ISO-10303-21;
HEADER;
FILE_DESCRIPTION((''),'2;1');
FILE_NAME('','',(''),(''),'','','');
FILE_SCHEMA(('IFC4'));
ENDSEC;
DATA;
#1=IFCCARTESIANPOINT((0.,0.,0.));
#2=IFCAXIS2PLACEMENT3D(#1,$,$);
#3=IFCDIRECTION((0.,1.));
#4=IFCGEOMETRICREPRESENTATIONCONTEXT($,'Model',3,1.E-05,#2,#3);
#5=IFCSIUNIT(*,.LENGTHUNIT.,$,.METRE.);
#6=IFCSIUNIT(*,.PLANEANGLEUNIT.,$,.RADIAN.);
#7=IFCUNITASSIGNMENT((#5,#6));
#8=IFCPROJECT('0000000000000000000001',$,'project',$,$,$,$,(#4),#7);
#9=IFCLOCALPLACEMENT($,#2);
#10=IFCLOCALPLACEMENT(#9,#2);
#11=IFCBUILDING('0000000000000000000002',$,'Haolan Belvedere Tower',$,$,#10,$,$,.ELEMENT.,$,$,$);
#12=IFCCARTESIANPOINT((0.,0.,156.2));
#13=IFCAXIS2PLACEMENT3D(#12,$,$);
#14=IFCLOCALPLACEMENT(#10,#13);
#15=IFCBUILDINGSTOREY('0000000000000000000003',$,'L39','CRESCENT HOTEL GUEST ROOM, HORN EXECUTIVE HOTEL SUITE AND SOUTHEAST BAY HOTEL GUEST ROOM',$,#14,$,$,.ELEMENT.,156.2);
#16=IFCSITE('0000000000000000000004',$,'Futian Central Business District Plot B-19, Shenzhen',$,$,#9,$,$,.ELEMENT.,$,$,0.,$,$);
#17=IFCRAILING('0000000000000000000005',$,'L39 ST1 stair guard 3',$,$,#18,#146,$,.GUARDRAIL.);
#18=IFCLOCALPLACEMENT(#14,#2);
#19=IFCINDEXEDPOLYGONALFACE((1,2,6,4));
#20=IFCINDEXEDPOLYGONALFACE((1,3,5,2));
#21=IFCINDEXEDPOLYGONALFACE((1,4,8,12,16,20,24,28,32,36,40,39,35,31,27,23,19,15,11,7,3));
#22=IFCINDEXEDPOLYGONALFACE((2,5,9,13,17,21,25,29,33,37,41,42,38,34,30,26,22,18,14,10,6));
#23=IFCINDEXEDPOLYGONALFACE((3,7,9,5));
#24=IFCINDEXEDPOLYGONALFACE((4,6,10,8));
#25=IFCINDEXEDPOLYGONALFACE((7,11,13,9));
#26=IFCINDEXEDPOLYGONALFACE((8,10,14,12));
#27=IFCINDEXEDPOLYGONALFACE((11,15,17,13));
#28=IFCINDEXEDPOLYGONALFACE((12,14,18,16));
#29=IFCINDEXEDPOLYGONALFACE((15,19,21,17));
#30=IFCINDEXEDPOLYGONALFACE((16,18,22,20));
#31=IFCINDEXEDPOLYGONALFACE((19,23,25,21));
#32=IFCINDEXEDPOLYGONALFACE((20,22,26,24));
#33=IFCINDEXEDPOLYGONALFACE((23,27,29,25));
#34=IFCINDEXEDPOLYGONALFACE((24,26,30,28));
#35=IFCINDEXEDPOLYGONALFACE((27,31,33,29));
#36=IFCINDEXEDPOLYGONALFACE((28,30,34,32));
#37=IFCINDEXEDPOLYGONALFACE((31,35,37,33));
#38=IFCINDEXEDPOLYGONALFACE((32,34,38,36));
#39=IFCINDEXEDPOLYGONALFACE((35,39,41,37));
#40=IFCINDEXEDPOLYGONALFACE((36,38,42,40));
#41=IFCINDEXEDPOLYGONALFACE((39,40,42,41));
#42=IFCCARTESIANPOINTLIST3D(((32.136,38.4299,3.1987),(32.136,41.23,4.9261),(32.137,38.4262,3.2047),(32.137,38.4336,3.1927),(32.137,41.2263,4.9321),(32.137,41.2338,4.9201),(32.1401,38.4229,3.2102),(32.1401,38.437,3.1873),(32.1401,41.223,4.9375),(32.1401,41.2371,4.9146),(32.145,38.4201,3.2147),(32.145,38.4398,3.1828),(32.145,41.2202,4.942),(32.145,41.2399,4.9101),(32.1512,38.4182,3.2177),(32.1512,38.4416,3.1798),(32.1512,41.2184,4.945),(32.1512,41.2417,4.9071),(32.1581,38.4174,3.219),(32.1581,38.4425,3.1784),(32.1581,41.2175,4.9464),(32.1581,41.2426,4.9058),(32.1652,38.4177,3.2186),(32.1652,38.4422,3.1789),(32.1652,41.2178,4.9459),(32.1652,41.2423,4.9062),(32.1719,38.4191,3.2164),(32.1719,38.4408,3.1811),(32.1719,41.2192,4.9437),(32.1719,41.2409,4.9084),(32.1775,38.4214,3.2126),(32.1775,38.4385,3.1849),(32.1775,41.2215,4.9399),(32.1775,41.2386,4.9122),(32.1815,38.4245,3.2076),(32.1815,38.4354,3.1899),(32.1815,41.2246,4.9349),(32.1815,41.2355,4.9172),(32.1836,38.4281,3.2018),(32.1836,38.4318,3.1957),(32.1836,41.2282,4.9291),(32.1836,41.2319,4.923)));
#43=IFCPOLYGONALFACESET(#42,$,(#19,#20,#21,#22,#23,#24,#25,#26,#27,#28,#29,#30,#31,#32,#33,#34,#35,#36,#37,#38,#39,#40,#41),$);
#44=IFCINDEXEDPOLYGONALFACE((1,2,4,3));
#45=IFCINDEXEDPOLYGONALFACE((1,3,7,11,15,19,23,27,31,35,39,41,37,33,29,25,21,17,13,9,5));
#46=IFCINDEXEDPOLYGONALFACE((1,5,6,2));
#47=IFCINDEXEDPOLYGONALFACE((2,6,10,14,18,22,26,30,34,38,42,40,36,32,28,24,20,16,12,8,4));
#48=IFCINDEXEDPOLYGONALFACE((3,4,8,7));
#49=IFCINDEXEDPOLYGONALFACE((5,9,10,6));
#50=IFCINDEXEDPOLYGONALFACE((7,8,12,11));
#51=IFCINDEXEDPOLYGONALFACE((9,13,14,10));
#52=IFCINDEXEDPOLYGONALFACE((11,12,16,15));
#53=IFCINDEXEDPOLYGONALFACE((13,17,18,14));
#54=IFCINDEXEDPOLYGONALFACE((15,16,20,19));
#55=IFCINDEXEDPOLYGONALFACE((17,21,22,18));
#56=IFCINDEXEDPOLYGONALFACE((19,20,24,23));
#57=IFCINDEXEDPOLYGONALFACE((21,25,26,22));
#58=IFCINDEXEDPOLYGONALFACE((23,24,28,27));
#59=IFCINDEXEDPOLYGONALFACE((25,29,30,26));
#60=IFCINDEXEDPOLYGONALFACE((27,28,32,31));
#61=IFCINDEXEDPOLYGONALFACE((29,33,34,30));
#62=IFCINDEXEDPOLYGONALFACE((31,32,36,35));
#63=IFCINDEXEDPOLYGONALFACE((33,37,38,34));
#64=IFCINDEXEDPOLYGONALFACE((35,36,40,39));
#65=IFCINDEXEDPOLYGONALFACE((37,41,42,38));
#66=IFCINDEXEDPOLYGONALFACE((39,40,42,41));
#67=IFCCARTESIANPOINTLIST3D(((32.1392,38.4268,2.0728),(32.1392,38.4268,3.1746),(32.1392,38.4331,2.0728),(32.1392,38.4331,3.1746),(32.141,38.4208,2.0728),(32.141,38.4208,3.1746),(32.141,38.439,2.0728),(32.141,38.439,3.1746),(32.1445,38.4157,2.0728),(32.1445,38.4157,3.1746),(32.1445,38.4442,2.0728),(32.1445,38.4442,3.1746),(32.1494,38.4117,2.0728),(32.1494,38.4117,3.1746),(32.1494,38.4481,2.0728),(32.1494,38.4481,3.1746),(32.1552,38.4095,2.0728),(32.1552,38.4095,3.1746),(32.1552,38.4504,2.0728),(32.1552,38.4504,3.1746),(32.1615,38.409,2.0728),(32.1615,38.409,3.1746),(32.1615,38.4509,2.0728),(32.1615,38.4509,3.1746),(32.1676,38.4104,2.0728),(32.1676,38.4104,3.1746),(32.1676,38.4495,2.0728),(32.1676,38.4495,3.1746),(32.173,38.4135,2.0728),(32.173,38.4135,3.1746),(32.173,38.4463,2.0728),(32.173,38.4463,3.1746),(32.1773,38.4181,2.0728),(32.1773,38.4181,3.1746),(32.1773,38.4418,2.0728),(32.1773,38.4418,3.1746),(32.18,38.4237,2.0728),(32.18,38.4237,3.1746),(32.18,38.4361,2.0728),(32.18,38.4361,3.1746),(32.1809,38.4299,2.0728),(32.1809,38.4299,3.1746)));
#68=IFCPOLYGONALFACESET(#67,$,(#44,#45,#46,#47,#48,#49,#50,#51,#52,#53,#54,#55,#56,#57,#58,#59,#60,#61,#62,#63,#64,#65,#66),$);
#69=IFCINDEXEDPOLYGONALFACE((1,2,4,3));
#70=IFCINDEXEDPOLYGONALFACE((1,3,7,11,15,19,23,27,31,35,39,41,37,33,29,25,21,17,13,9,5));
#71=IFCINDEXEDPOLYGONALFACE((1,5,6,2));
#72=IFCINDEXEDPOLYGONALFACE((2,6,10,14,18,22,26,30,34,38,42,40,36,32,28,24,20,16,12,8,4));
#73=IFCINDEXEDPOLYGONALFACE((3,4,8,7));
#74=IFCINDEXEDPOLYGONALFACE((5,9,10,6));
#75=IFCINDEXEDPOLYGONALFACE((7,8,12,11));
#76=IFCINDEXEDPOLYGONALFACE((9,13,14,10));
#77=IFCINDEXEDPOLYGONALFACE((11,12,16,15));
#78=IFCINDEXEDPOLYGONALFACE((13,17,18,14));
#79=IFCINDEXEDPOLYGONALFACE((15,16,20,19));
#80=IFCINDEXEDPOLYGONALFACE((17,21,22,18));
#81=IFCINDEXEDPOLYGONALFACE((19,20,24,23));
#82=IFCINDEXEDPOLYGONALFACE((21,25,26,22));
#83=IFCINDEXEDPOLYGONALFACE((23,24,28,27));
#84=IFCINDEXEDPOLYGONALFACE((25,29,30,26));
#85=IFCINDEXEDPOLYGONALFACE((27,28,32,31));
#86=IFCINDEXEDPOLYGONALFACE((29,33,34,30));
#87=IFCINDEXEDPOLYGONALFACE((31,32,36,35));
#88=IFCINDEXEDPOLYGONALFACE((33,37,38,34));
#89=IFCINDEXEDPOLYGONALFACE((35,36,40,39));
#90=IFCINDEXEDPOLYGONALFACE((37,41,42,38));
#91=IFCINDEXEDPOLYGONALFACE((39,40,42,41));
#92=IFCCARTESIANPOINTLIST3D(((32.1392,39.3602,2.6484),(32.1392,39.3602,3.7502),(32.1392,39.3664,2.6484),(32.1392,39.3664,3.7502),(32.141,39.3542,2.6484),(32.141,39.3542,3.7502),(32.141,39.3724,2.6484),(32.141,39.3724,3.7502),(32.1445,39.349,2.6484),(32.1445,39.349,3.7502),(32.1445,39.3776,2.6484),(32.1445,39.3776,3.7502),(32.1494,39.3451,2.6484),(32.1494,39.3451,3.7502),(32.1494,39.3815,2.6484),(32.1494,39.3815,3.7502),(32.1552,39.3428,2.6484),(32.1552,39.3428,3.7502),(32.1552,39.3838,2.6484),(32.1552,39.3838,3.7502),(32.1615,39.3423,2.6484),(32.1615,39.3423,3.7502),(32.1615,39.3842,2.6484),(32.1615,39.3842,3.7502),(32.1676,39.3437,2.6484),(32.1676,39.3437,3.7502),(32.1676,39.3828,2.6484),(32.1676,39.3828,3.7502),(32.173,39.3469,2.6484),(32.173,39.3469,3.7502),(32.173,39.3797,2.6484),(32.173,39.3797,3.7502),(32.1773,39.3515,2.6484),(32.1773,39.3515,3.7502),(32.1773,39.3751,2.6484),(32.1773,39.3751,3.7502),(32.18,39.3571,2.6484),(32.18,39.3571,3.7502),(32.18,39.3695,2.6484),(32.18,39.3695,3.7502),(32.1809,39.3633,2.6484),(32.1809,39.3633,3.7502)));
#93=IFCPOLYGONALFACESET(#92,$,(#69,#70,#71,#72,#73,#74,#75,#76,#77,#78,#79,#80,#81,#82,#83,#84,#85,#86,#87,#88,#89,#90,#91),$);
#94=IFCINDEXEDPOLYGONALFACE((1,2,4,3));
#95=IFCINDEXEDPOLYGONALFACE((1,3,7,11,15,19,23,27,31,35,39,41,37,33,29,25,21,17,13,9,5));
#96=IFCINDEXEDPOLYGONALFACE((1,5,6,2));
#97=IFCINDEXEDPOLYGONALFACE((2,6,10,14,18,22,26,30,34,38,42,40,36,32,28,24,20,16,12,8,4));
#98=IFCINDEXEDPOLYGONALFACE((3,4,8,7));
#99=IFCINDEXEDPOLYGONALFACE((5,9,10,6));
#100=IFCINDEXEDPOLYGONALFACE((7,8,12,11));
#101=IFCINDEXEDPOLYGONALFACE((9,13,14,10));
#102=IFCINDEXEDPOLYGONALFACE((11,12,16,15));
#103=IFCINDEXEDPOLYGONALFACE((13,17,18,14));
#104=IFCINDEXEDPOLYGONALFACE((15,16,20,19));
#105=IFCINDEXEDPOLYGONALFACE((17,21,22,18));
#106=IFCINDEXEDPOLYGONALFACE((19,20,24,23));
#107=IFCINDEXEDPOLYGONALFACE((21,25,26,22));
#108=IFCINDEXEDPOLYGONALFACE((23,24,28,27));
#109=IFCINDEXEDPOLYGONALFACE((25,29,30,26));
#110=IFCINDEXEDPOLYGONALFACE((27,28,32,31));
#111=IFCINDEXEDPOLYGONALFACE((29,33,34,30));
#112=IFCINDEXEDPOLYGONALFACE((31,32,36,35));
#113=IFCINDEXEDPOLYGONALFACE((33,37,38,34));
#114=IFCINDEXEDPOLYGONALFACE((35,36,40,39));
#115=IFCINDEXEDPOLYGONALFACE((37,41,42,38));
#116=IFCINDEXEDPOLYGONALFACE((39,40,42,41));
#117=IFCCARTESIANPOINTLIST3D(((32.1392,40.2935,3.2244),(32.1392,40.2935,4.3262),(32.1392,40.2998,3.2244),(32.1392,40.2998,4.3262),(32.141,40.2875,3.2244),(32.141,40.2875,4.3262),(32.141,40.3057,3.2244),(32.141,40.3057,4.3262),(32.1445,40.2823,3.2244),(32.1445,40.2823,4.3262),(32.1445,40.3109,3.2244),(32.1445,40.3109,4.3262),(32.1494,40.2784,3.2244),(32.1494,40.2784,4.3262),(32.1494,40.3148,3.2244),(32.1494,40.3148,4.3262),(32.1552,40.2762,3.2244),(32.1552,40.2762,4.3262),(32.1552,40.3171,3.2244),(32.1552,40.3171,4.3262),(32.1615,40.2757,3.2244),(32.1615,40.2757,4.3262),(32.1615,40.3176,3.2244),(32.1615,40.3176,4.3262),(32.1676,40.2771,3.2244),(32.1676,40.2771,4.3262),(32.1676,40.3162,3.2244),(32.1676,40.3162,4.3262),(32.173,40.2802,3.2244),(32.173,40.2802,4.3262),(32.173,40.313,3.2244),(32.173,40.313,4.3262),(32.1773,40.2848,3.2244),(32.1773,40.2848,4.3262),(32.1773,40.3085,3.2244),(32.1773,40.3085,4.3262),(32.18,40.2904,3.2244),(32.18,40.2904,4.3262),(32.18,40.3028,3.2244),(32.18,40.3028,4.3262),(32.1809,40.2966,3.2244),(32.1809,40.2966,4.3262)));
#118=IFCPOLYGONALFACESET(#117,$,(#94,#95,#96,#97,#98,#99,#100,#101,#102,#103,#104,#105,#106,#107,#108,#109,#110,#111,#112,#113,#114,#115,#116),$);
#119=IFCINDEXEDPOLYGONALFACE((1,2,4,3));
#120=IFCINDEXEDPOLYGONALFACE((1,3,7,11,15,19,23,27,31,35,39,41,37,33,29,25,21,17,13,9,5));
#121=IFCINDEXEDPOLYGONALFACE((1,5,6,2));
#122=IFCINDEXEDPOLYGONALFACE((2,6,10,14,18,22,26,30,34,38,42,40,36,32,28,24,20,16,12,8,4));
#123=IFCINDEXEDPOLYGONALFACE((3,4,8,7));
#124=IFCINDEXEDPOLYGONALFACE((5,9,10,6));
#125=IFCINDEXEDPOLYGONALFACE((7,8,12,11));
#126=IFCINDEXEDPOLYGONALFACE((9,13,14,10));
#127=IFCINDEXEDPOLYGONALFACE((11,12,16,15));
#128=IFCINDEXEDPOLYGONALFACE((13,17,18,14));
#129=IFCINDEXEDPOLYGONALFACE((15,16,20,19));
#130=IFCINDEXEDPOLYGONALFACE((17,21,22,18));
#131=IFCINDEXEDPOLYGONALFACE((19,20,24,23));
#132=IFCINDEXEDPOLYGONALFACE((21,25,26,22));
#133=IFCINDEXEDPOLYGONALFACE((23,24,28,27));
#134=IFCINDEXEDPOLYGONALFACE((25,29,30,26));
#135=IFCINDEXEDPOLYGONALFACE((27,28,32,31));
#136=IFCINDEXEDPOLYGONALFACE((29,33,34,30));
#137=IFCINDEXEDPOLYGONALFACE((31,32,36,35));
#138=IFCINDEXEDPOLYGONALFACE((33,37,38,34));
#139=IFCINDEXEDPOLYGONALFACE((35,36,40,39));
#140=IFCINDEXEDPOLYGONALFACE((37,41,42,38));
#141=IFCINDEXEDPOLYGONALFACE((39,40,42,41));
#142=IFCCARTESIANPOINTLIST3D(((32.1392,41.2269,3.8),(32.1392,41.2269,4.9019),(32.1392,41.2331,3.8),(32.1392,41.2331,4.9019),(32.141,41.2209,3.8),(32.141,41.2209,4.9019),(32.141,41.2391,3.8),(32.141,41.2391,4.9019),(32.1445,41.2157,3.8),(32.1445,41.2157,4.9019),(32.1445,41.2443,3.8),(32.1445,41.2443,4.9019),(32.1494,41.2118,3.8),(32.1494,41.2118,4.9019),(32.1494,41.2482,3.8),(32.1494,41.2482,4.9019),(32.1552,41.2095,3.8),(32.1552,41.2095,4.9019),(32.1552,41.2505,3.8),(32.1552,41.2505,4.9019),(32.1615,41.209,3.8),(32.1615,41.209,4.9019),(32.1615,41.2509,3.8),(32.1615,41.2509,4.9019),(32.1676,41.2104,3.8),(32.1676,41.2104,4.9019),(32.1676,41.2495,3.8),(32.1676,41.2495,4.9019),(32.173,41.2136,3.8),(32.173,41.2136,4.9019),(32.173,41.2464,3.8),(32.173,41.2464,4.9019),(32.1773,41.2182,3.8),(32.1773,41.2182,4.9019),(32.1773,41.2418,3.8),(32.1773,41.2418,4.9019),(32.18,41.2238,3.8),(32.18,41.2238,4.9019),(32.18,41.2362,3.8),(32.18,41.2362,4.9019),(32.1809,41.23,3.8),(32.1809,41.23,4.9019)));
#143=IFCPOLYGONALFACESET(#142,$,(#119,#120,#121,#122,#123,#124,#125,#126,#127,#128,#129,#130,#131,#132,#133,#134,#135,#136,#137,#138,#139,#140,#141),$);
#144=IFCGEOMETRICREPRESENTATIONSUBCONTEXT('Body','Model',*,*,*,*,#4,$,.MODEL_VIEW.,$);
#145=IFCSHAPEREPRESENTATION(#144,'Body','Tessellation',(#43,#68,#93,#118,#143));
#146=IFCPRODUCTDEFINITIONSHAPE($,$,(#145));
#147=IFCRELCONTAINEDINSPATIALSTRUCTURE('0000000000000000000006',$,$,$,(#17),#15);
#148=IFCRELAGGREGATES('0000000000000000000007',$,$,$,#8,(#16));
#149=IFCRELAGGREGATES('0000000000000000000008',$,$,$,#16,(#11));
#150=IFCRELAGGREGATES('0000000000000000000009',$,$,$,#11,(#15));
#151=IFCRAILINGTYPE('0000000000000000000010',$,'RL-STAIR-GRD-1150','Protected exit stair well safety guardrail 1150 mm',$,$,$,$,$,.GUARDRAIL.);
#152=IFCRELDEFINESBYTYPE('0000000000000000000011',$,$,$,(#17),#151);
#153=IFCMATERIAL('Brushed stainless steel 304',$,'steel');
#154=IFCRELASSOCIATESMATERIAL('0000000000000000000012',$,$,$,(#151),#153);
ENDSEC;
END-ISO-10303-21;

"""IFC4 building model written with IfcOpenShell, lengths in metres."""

from ifc_helpers import new_model, si_unit, direction, frame, origin, origin_2d, place, context, subcontext, project, spatial, circle, extrude, material, type_object, element, save


model = new_model("IFC4")

# Units and contexts
model_context = context("Model", 3, precision=1e-05, world=origin(), true_north=direction((0.0, 1.0)))
body_context = subcontext(model_context, "Body", "Model", "MODEL_VIEW")
ifc_project = project(units=[si_unit("LENGTHUNIT", "METRE"), si_unit("PLANEANGLEUNIT", "RADIAN")], contexts=[model_context])

# Site, building, storey
site_placement = place(None, origin())
site = spatial("IfcSite", under=ifc_project, at=site_placement, Name="Futian Central Business District Plot B-19, Shenzhen", CompositionType="ELEMENT", RefElevation=0.0)
building_placement = place(site_placement, origin())
building = spatial("IfcBuilding", under=site, at=building_placement, Name="Haolan Belvedere Tower", CompositionType="ELEMENT")
storey_placement = place(building_placement, frame((0.0, 0.0, 156.2)))
storey = spatial("IfcBuildingStorey", under=building, at=storey_placement, Name="L39", Description="CRESCENT HOTEL GUEST ROOM, HORN EXECUTIVE HOTEL SUITE AND SOUTHEAST BAY HOTEL GUEST ROOM", CompositionType="ELEMENT", Elevation=156.2)

# Railing
ifc_material_1 = material(Name="Brushed stainless steel 304", Category="steel")
railing_type_1 = type_object("IfcRailingType", Name="RL-STAIR-GRD-1150", Description="Protected exit stair well safety guardrail 1150 mm", PredefinedType="GUARDRAIL", material=ifc_material_1)
railing_1_placement = place(storey_placement, frame((32.1599, 38.4299, 2.0728)))
element("IfcRailing", 1, at=railing_1_placement, inside=storey, type_object=railing_type_1, Name="L39 ST1 stair guard 3", PredefinedType="GUARDRAIL", context=body_context, shape_type="SweptSolid", body=[
    extrude(circle(Radius=0.0239, at=origin_2d()), frame((0.0, 0.0, 1.126), z_axis=(0.0, 0.85109, 0.52502), x_axis=(-1.0, 0.0, 0.0)), (0.0, 0.0, 1.0), 3.29),
    extrude(circle(Radius=0.021, at=origin_2d()), origin(), (0.0, 0.0, 1.0), 1.1018),
    extrude(circle(Radius=0.021, at=origin_2d()), frame((0.0, 0.9333, 0.5757)), (0.0, 0.0, 1.0), 1.1018),
    extrude(circle(Radius=0.021, at=origin_2d()), frame((0.0, 1.8667, 1.1516)), (0.0, 0.0, 1.0), 1.1018),
    extrude(circle(Radius=0.021, at=origin_2d()), frame((0.0, 2.8, 1.7273)), (0.0, 0.0, 1.0), 1.1018),
])

save(model, "model.ifc")
